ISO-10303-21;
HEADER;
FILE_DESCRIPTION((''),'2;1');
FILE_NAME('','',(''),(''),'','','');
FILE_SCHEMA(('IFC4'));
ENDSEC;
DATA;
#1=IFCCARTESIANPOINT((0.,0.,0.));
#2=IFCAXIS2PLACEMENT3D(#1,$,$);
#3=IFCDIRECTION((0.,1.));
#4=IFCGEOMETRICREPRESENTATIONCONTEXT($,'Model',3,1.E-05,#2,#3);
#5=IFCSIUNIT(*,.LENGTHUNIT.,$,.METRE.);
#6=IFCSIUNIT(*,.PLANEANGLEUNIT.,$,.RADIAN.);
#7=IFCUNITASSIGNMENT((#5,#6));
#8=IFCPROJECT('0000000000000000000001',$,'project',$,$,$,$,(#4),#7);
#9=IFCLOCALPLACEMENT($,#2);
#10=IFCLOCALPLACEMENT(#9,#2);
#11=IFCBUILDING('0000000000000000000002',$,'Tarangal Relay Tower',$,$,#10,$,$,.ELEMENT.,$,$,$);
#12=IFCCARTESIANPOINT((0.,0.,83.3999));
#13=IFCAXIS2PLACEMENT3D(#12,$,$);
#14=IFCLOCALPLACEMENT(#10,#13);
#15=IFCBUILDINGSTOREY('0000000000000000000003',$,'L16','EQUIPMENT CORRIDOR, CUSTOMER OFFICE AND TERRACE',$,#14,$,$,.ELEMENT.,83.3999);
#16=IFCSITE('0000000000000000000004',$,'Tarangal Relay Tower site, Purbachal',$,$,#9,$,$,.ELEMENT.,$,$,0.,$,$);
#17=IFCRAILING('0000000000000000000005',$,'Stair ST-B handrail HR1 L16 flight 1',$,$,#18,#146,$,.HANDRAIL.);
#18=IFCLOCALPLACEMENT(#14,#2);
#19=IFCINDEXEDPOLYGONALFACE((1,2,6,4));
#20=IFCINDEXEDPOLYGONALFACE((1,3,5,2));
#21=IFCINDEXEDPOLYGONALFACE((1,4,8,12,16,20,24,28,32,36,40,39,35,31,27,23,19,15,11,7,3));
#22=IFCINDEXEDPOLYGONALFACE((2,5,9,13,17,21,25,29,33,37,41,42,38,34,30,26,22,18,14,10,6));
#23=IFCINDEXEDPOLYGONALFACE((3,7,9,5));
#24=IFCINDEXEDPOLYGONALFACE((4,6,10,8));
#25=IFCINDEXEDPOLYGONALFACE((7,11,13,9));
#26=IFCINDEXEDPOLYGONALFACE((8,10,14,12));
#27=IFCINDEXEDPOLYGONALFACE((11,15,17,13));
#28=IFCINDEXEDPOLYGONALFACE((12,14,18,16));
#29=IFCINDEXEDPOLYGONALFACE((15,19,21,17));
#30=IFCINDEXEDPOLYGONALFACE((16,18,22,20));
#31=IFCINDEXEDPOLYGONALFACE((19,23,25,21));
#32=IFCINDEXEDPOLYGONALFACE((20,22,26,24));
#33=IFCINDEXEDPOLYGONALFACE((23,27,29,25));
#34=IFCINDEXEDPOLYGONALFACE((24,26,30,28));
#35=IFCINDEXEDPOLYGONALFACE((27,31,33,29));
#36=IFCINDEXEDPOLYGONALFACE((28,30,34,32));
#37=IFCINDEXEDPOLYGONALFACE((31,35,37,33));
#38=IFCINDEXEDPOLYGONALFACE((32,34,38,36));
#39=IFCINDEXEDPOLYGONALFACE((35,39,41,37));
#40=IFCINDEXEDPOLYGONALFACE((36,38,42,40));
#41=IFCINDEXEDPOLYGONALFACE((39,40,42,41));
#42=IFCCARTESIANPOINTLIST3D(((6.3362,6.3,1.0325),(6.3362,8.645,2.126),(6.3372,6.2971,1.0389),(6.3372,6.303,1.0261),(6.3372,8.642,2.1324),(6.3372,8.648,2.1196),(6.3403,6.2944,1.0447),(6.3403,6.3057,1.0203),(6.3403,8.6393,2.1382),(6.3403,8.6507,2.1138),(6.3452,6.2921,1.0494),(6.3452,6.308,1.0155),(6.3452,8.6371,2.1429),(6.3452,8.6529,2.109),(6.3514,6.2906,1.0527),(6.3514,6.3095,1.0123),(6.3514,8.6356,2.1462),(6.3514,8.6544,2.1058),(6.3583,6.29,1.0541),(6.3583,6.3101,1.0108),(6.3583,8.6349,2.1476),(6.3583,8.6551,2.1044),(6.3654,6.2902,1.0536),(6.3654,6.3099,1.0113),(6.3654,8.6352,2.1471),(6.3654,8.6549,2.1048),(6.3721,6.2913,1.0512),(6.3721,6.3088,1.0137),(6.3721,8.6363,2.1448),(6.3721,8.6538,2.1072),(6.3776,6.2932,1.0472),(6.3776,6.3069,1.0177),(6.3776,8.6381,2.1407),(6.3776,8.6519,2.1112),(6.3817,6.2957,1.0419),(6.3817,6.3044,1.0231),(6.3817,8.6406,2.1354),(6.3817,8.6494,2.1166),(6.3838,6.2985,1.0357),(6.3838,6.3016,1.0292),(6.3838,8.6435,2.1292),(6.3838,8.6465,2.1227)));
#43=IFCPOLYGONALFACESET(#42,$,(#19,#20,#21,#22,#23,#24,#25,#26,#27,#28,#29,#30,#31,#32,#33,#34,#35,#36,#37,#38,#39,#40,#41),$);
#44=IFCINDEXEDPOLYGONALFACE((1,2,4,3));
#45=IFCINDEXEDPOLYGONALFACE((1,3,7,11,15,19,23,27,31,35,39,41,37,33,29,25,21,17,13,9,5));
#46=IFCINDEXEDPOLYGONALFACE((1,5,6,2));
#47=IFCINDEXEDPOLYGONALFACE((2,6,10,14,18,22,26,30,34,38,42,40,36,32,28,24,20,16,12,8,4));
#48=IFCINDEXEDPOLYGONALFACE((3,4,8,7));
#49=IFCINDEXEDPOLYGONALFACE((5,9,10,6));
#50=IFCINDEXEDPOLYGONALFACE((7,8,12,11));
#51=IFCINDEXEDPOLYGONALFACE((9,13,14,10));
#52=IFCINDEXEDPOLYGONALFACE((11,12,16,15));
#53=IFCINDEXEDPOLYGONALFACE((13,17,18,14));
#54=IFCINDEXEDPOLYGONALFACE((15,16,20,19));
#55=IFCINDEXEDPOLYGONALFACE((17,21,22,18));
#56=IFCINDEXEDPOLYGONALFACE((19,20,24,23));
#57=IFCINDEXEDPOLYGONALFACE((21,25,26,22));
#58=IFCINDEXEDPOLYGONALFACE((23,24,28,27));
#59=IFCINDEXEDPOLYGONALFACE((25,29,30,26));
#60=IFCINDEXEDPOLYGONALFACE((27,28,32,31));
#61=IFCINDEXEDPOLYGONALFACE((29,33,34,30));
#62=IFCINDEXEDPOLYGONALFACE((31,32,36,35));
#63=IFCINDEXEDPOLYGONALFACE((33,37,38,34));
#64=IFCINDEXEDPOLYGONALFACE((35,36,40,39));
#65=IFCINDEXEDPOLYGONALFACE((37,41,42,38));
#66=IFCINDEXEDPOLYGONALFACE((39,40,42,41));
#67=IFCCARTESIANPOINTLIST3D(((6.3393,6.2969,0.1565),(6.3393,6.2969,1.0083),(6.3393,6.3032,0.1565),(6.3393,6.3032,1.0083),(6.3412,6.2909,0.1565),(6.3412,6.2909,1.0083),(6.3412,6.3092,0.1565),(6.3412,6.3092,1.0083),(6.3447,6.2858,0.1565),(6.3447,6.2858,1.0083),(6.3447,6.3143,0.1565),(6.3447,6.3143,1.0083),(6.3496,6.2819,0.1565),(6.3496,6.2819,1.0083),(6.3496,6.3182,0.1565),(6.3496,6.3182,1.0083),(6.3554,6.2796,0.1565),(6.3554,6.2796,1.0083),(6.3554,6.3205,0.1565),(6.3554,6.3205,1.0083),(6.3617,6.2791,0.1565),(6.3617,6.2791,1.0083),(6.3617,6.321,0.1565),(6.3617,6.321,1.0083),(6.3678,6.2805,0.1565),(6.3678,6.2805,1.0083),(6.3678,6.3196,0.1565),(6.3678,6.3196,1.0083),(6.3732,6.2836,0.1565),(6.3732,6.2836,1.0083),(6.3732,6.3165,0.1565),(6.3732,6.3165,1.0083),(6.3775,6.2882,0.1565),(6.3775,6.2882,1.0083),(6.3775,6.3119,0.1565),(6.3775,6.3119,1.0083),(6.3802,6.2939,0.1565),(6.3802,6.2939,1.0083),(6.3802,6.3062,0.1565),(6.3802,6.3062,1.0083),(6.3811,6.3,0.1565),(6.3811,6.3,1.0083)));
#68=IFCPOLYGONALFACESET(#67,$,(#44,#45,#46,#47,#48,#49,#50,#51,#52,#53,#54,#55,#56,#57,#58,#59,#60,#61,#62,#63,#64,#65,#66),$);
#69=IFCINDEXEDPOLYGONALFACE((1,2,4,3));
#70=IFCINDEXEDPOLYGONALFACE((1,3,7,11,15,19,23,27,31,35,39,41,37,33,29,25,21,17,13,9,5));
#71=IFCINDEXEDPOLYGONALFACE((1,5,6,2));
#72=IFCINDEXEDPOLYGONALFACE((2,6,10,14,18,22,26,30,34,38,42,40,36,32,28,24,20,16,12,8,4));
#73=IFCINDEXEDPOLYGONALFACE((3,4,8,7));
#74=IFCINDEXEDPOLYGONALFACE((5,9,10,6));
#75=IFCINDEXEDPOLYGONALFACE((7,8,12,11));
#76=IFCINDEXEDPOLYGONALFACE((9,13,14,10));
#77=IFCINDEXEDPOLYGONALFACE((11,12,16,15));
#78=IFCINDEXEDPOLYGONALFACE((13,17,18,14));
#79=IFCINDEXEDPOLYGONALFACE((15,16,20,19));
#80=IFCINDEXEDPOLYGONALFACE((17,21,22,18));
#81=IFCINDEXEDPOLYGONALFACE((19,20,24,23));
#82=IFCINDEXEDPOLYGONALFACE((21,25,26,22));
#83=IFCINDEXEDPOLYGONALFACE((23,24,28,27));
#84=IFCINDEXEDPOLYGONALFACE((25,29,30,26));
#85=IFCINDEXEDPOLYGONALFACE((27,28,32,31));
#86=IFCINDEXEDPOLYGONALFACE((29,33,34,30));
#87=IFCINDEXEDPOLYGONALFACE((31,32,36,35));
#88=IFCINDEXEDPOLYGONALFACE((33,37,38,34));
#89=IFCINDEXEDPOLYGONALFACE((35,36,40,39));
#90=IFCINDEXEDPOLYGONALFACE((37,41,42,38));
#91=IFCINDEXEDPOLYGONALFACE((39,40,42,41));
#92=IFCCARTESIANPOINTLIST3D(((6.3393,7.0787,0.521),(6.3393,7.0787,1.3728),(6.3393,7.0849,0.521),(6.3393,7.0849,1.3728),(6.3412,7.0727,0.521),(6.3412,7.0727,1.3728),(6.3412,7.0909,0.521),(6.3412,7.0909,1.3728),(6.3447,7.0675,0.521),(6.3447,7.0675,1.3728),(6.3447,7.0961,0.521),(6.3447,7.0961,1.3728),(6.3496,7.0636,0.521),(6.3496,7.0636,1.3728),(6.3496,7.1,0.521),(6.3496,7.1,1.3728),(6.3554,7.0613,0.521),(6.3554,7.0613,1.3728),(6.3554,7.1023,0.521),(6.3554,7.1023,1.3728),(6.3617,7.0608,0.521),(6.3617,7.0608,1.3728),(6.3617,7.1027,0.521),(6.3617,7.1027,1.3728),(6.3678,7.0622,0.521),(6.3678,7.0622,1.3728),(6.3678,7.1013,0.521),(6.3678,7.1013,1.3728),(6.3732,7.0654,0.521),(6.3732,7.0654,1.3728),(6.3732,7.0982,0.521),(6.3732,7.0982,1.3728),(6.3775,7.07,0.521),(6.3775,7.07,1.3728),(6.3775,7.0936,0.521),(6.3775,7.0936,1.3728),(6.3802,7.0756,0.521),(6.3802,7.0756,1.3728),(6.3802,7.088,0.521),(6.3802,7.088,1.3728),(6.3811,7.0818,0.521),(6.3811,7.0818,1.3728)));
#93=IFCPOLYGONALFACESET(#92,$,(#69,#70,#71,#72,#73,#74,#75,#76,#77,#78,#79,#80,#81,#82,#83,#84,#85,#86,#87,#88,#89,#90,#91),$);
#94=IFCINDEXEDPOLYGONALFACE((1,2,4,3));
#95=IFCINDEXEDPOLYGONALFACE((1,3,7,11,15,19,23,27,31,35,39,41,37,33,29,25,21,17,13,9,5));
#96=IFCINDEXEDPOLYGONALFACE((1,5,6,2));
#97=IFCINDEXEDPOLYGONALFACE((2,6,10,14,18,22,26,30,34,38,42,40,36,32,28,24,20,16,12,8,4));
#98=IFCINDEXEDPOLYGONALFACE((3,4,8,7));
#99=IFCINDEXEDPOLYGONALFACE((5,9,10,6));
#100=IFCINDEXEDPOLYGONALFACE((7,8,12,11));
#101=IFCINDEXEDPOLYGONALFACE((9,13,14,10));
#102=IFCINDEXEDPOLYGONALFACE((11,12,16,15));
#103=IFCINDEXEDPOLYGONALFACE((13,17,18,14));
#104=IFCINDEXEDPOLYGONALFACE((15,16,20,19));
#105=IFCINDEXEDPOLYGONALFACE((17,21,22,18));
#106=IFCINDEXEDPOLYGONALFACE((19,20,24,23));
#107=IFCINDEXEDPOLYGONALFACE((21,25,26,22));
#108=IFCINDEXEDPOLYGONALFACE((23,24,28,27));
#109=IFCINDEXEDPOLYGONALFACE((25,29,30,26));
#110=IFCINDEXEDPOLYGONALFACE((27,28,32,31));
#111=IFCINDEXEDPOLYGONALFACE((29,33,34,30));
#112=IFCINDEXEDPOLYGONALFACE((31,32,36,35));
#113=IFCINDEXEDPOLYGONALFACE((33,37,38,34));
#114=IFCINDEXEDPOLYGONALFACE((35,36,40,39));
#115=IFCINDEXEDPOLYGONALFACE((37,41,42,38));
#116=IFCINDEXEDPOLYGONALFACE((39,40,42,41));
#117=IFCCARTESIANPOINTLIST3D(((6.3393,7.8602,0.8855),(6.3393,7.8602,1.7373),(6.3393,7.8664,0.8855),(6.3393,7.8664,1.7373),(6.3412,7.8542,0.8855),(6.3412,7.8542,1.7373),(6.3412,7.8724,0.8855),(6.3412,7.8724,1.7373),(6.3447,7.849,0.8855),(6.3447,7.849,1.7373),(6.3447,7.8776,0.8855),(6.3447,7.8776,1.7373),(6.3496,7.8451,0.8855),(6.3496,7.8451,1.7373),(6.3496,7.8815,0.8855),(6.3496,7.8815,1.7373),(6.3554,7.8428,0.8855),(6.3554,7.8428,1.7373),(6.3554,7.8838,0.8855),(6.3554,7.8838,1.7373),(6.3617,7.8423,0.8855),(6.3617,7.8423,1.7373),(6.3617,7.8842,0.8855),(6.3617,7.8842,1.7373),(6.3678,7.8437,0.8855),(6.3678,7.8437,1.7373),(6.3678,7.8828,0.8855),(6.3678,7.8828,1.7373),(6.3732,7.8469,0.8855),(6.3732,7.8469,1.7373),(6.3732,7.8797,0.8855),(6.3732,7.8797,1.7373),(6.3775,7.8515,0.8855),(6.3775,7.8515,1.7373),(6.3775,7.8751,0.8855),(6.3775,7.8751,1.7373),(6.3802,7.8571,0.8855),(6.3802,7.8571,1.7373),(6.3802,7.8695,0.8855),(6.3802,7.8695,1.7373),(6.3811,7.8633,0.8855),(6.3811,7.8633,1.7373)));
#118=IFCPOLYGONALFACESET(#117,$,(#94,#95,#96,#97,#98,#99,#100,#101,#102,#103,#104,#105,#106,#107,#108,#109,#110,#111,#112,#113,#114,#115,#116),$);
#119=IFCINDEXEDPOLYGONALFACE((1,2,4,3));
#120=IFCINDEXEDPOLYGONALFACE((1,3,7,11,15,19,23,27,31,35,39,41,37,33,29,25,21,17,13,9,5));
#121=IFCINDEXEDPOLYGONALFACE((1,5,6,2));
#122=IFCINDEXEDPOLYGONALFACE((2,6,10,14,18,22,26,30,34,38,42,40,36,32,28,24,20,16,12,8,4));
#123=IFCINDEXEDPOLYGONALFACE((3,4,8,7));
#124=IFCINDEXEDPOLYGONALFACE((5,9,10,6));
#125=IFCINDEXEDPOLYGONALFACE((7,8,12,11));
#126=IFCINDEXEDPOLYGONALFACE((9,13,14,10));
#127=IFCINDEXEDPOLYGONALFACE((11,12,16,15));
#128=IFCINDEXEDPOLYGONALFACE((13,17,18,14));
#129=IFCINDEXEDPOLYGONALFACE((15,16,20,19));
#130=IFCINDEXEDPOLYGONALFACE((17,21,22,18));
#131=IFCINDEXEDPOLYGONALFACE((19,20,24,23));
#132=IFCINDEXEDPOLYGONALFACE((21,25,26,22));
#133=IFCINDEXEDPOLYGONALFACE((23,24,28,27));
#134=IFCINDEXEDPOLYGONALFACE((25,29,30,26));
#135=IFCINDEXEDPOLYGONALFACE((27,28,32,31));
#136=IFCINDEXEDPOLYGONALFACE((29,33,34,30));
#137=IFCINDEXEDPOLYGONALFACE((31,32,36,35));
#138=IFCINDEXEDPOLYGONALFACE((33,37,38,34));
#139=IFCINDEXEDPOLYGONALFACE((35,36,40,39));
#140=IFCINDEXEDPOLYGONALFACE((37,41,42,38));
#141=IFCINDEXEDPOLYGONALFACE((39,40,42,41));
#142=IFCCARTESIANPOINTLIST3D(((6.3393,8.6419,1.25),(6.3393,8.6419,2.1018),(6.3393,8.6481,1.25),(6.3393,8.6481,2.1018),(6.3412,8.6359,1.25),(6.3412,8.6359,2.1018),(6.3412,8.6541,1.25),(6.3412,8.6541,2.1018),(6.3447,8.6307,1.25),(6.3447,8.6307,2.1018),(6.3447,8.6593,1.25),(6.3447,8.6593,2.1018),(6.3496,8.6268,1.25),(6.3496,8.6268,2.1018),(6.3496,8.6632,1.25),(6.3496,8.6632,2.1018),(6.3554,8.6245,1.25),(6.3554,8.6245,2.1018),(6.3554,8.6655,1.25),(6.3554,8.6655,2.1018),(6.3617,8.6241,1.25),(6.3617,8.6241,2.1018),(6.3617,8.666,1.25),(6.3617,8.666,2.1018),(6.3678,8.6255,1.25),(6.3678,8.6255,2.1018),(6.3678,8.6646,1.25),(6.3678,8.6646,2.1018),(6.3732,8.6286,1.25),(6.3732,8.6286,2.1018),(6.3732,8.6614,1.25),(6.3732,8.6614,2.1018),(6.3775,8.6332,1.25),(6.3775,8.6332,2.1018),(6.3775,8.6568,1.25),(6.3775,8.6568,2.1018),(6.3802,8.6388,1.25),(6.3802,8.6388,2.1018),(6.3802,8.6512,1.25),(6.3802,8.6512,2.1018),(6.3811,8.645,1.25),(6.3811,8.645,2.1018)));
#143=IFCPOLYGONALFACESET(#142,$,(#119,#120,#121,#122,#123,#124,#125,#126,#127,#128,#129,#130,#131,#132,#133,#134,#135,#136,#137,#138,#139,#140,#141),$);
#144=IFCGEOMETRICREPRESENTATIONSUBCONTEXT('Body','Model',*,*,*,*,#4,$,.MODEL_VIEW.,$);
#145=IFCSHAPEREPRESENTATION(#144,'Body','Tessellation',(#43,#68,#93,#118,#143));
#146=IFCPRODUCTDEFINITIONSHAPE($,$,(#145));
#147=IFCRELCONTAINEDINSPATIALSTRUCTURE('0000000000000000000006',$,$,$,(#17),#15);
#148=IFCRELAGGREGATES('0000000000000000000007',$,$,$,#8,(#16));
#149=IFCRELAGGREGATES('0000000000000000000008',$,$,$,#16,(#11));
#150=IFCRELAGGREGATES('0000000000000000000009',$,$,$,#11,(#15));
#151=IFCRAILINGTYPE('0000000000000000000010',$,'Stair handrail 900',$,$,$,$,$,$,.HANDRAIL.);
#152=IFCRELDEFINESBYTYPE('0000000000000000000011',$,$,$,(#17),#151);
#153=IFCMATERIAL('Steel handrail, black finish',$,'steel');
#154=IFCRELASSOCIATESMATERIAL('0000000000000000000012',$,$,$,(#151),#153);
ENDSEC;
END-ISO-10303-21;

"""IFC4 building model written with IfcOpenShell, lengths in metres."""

from ifc_helpers import new_model, si_unit, direction, frame, origin, origin_2d, place, context, subcontext, project, spatial, circle, extrude, material, type_object, element, save


model = new_model("IFC4")

# Units and contexts
model_context = context("Model", 3, precision=1e-05, world=origin(), true_north=direction((0.0, 1.0)))
body_context = subcontext(model_context, "Body", "Model", "MODEL_VIEW")
ifc_project = project(units=[si_unit("LENGTHUNIT", "METRE"), si_unit("PLANEANGLEUNIT", "RADIAN")], contexts=[model_context])

# Site, building, storey
site_placement = place(None, origin())
site = spatial("IfcSite", under=ifc_project, at=site_placement, Name="Tarangal Relay Tower site, Purbachal", CompositionType="ELEMENT", RefElevation=0.0)
building_placement = place(site_placement, origin())
building = spatial("IfcBuilding", under=site, at=building_placement, Name="Tarangal Relay Tower", CompositionType="ELEMENT")
storey_placement = place(building_placement, frame((0.0, 0.0, 83.3999)))
storey = spatial("IfcBuildingStorey", under=building, at=storey_placement, Name="L16", Description="EQUIPMENT CORRIDOR, CUSTOMER OFFICE AND TERRACE", CompositionType="ELEMENT", Elevation=83.3999)

# Railing
ifc_material_1 = material(Name="Steel handrail, black finish", Category="steel")
railing_type_1 = type_object("IfcRailingType", Name="Stair handrail 900", PredefinedType="HANDRAIL", material=ifc_material_1)
for number, where, name in (
    (1, (6.3601, 6.3, 0.1565), "Stair ST-B handrail HR1 L16 flight 1"),
):
    element("IfcRailing", number, at=place(storey_placement, frame(where)), inside=storey, type_object=railing_type_1, Name=name, PredefinedType="HANDRAIL", context=body_context, shape_type="SweptSolid", body=[
        extrude(circle(Radius=0.0239, at=origin_2d()), frame((0.0, 0.0, 0.876), z_axis=(0.0, 0.906304, 0.422627), x_axis=(-1.0, 0.0, 0.0)), (0.0, 0.0, 1.0), 2.5874),
        extrude(circle(Radius=0.021, at=origin_2d()), origin(), (0.0, 0.0, 1.0), 0.8518),
        extrude(circle(Radius=0.021, at=origin_2d()), frame((0.0, 0.7817, 0.3645)), (0.0, 0.0, 1.0), 0.8518),
        extrude(circle(Radius=0.021, at=origin_2d()), frame((0.0, 1.5632, 0.729)), (0.0, 0.0, 1.0), 0.8518),
        extrude(circle(Radius=0.021, at=origin_2d()), frame((0.0, 2.345, 1.0935)), (0.0, 0.0, 1.0), 0.8518),
    ])

save(model, "model.ifc")
